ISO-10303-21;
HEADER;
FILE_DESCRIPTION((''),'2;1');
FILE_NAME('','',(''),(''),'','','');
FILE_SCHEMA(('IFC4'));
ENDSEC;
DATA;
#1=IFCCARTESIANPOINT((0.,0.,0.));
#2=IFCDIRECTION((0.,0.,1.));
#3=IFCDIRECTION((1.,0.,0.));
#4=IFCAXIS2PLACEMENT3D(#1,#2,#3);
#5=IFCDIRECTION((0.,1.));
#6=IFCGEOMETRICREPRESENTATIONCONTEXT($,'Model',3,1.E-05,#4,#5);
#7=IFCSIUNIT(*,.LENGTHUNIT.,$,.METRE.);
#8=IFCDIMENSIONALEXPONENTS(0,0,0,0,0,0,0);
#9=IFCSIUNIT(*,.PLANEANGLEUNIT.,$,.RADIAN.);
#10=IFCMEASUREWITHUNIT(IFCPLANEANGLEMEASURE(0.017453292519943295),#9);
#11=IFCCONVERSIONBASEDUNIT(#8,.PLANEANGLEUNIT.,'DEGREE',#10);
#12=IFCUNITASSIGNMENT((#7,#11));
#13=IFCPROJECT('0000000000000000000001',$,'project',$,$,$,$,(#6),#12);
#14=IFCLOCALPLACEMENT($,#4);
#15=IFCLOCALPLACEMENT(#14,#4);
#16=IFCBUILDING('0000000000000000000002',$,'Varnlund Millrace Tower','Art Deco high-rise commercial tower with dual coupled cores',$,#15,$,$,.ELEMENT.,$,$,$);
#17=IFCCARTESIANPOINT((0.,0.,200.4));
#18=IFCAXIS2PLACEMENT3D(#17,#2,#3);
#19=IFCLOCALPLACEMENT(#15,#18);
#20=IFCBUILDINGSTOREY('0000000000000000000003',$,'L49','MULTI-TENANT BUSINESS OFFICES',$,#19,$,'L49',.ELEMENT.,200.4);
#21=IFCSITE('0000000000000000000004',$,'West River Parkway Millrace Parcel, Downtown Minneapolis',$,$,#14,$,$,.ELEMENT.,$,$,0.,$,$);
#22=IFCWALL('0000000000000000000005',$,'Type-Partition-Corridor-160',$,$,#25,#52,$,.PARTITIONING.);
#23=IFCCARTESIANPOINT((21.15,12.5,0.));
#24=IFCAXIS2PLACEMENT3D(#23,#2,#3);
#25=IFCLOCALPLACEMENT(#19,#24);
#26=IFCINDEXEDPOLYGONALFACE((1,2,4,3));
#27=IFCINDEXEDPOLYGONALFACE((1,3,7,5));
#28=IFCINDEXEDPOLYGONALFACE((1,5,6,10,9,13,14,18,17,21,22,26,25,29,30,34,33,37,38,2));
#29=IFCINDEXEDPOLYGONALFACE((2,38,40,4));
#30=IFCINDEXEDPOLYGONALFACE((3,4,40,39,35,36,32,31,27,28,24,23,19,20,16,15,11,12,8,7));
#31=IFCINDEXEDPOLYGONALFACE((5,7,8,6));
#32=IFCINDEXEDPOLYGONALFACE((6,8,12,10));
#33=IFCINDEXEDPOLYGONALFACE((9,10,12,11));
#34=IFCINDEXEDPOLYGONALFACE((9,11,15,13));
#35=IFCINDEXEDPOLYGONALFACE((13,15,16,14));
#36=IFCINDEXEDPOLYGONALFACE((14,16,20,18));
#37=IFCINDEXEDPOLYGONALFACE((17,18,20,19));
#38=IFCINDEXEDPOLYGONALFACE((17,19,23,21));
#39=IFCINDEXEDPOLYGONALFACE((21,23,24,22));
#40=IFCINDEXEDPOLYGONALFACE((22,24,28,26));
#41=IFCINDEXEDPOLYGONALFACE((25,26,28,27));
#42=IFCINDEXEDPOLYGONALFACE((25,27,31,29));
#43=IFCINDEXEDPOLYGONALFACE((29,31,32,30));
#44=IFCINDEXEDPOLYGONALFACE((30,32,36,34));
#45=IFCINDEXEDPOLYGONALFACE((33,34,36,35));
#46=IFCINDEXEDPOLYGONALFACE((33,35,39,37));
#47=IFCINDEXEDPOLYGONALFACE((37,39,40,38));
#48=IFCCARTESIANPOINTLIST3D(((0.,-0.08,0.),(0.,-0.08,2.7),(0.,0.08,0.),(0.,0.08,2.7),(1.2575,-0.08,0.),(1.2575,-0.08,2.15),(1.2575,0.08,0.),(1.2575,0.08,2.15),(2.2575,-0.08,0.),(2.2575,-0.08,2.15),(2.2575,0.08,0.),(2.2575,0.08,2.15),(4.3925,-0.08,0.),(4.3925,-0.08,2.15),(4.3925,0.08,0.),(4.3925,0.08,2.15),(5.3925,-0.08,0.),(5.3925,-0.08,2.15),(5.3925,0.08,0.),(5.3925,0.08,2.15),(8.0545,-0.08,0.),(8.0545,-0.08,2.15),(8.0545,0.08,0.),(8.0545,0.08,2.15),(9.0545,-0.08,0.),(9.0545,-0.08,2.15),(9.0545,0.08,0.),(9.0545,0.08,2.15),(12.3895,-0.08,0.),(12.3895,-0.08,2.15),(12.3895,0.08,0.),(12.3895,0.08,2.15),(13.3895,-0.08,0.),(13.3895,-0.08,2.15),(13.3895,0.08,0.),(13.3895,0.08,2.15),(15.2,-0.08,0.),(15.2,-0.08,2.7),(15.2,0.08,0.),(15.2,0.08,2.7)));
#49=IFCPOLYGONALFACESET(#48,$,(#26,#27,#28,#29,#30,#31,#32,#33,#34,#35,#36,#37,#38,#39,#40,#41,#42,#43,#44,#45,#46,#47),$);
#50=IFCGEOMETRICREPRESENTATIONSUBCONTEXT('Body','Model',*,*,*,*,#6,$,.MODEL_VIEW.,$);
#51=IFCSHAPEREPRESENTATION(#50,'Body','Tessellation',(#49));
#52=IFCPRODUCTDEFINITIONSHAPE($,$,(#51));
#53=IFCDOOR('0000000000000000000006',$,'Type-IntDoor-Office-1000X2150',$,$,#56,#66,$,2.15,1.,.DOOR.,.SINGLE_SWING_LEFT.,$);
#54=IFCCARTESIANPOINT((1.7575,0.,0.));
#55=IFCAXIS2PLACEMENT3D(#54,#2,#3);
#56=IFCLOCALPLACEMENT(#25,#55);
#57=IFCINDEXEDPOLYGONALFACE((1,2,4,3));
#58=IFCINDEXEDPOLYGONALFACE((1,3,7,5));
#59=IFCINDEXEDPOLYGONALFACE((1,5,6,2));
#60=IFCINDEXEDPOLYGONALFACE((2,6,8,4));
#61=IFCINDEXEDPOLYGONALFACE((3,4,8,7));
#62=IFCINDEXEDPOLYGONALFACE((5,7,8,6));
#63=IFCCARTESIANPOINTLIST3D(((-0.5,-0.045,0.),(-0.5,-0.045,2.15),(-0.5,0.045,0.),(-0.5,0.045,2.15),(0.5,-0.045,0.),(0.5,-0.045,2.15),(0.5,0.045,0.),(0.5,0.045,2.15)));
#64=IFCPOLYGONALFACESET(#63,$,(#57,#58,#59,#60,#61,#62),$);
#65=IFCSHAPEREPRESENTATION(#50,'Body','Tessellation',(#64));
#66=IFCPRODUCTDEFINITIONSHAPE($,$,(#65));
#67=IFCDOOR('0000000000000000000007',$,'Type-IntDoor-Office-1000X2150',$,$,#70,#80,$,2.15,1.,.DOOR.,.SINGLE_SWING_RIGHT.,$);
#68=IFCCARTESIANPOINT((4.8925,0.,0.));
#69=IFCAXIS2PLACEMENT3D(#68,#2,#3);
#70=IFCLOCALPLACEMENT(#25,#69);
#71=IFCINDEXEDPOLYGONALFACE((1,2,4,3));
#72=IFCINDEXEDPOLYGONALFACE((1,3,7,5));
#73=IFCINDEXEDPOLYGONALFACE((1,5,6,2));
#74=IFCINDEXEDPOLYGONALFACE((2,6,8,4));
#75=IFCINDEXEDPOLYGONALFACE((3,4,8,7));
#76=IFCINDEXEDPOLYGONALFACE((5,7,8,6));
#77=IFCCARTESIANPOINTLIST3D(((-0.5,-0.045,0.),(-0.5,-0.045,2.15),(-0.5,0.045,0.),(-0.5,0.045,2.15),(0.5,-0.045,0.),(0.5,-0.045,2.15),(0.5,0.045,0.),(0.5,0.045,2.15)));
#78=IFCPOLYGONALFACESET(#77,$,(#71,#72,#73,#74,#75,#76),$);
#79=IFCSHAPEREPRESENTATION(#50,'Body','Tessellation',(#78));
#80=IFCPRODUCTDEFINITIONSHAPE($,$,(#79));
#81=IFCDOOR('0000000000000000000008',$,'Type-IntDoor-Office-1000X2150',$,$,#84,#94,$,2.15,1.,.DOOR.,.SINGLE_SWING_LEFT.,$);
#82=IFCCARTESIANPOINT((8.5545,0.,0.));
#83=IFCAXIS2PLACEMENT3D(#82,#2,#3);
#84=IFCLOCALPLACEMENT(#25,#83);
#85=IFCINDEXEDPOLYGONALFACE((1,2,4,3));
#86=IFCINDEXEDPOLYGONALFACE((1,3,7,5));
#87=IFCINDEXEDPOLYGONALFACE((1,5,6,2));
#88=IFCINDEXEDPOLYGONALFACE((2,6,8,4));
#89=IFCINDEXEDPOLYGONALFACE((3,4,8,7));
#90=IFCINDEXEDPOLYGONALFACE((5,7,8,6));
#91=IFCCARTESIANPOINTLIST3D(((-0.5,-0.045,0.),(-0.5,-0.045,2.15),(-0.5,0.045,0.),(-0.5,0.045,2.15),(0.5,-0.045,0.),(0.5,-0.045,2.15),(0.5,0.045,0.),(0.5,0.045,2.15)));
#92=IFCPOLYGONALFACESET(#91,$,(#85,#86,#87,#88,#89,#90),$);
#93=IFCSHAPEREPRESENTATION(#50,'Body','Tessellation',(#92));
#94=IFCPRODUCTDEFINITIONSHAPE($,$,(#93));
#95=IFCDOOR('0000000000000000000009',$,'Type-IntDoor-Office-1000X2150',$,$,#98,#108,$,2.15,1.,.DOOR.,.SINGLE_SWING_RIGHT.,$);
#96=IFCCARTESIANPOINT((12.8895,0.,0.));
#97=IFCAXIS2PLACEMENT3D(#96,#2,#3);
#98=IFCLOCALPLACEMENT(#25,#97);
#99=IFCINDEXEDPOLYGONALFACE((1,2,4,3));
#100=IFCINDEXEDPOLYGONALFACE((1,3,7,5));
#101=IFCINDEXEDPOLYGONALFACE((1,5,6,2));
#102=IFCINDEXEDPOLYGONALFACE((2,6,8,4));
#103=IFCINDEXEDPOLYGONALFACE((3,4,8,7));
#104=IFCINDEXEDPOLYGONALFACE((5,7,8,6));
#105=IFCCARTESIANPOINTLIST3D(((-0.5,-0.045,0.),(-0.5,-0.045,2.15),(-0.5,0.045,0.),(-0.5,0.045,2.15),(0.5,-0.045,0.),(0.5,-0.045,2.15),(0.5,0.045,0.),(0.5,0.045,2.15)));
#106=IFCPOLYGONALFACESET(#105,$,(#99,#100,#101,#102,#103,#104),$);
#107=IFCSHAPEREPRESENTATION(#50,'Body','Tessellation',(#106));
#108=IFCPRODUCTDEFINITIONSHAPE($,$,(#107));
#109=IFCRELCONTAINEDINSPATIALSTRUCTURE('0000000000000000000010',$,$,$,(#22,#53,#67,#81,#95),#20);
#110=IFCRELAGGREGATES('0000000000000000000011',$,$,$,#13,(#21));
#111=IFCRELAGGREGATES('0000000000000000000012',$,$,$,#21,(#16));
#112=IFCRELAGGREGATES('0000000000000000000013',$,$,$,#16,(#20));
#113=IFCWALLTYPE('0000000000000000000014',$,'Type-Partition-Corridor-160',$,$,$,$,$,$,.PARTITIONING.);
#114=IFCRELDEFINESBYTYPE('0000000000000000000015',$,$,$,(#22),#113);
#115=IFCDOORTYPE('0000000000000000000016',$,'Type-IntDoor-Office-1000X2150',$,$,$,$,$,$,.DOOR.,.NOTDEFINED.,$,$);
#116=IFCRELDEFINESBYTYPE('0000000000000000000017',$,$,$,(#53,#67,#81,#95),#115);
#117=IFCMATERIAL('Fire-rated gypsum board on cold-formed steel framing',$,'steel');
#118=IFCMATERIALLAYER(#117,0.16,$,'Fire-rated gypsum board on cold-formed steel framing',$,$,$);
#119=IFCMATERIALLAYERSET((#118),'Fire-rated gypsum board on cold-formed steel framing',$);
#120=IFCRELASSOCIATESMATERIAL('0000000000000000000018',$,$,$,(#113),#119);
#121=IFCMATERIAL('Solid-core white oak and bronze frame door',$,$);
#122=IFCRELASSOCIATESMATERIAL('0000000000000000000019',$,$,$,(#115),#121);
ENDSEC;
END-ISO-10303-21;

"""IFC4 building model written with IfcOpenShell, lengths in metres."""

from ifc_helpers import new_model, entity, si_unit, converted_unit, direction, frame, origin_with_axes, origin_2d_with_axis, place, context, subcontext, project, spatial, polyline, rectangle, outline, extrude, material, layer, layer_set, type_object, element, fill, save


model = new_model("IFC4")

# Units and contexts
model_context = context("Model", 3, precision=1e-05, world=origin_with_axes(), true_north=direction((0.0, 1.0)))
body_context = subcontext(model_context, "Body", "Model", "MODEL_VIEW")
ifc_project = project(units=[si_unit("LENGTHUNIT", "METRE"), converted_unit("PLANEANGLEUNIT", "DEGREE", entity("IfcPlaneAngleMeasure", 0.017453292519943295), si_unit("PLANEANGLEUNIT", "RADIAN"), dimensions=[0, 0, 0, 0, 0, 0, 0])], contexts=[model_context])

# Site, building, storey
site_placement = place(None, origin_with_axes())
site = spatial("IfcSite", under=ifc_project, at=site_placement, Name="West River Parkway Millrace Parcel, Downtown Minneapolis", CompositionType="ELEMENT", RefElevation=0.0)
building_placement = place(site_placement, origin_with_axes())
building = spatial("IfcBuilding", under=site, at=building_placement, Name="Varnlund Millrace Tower", Description="Art Deco high-rise commercial tower with dual coupled cores", CompositionType="ELEMENT")
storey_placement = place(building_placement, frame((0.0, 0.0, 200.4), z_axis=(0.0, 0.0, 1.0), x_axis=(1.0, 0.0, 0.0)))
storey = spatial("IfcBuildingStorey", under=building, at=storey_placement, Name="L49", Description="MULTI-TENANT BUSINESS OFFICES", LongName="L49", CompositionType="ELEMENT", Elevation=200.4)

# Wall, openings, doors
ifc_material_1 = material(Name="Fire-rated gypsum board on cold-formed steel framing", Category="steel")
ifc_layer_1 = layer(ifc_material_1, 0.16, Name="Fire-rated gypsum board on cold-formed steel framing")
ifc_layer_set_1 = layer_set([ifc_layer_1], Name="Fire-rated gypsum board on cold-formed steel framing")
wall_type_1 = type_object("IfcWallType", Name="Type-Partition-Corridor-160", PredefinedType="PARTITIONING", material=ifc_layer_set_1)
ifc_material_2 = material(Name="Solid-core white oak and bronze frame door")
door_type_1 = type_object("IfcDoorType", Name="Type-IntDoor-Office-1000X2150", OperationType="NOTDEFINED", PredefinedType="DOOR", material=ifc_material_2)
wall_1_placement = place(storey_placement, frame((21.15, 12.5, 0.0), z_axis=(0.0, 0.0, 1.0), x_axis=(1.0, 0.0, 0.0)))
wall_1 = element("IfcWall", 1, at=wall_1_placement, inside=storey, type_object=wall_type_1, Name="Type-Partition-Corridor-160", PredefinedType="PARTITIONING", context=body_context, shape_type="SweptSolid", body=[
    extrude(outline(polyline([(0.0, -0.08), (15.2, -0.08), (15.2, 0.08), (0.0, 0.08), (0.0, -0.08)])), origin_with_axes(), (0.0, 0.0, 1.0), 2.7),
])
opening_1_placement = place(wall_1_placement, frame((1.7575, 0.0, 0.0), z_axis=(0.0, 0.0, 1.0), x_axis=(1.0, 0.0, 0.0)))
opening_1 = element("IfcOpeningElement", 2, at=opening_1_placement, cuts=wall_1, PredefinedType="OPENING", context=body_context, shape_type="SweptSolid", body=[
    extrude(rectangle(XDim=1.0, YDim=0.18, at=origin_2d_with_axis()), origin_with_axes(), (0.0, 0.0, 1.0), 2.15),
])
opening_2_placement = place(wall_1_placement, frame((4.8925, 0.0, 0.0), z_axis=(0.0, 0.0, 1.0), x_axis=(1.0, 0.0, 0.0)))
opening_2 = element("IfcOpeningElement", 3, at=opening_2_placement, cuts=wall_1, PredefinedType="OPENING", context=body_context, shape_type="SweptSolid", body=[
    extrude(rectangle(XDim=1.0, YDim=0.18, at=origin_2d_with_axis()), origin_with_axes(), (0.0, 0.0, 1.0), 2.15),
])
opening_3_placement = place(wall_1_placement, frame((8.5545, 0.0, 0.0), z_axis=(0.0, 0.0, 1.0), x_axis=(1.0, 0.0, 0.0)))
opening_3 = element("IfcOpeningElement", 4, at=opening_3_placement, cuts=wall_1, PredefinedType="OPENING", context=body_context, shape_type="SweptSolid", body=[
    extrude(rectangle(XDim=1.0, YDim=0.18, at=origin_2d_with_axis()), origin_with_axes(), (0.0, 0.0, 1.0), 2.15),
])
opening_4_placement = place(wall_1_placement, frame((12.8895, 0.0, 0.0), z_axis=(0.0, 0.0, 1.0), x_axis=(1.0, 0.0, 0.0)))
opening_4 = element("IfcOpeningElement", 5, at=opening_4_placement, cuts=wall_1, PredefinedType="OPENING", context=body_context, shape_type="SweptSolid", body=[
    extrude(rectangle(XDim=1.0, YDim=0.18, at=origin_2d_with_axis()), origin_with_axes(), (0.0, 0.0, 1.0), 2.15),
])
door_1_placement = place(wall_1_placement, frame((1.7575, 0.0, 0.0), z_axis=(0.0, 0.0, 1.0), x_axis=(1.0, 0.0, 0.0)))
door_1 = element("IfcDoor", 6, at=door_1_placement, inside=storey, type_object=door_type_1, Name="Type-IntDoor-Office-1000X2150", OperationType="SINGLE_SWING_LEFT", OverallHeight=2.15, OverallWidth=1.0, PredefinedType="DOOR", context=body_context, shape_type="SweptSolid", body=[
    extrude(rectangle(XDim=1.0, YDim=0.09, at=origin_2d_with_axis()), origin_with_axes(), (0.0, 0.0, 1.0), 2.15),
])
fill(opening_1, door_1)
door_2_placement = place(wall_1_placement, frame((4.8925, 0.0, 0.0), z_axis=(0.0, 0.0, 1.0), x_axis=(1.0, 0.0, 0.0)))
door_2 = element("IfcDoor", 7, at=door_2_placement, inside=storey, type_object=door_type_1, Name="Type-IntDoor-Office-1000X2150", OperationType="SINGLE_SWING_RIGHT", OverallHeight=2.15, OverallWidth=1.0, PredefinedType="DOOR", context=body_context, shape_type="SweptSolid", body=[
    extrude(rectangle(XDim=1.0, YDim=0.09, at=origin_2d_with_axis()), origin_with_axes(), (0.0, 0.0, 1.0), 2.15),
])
fill(opening_2, door_2)
door_3_placement = place(wall_1_placement, frame((8.5545, 0.0, 0.0), z_axis=(0.0, 0.0, 1.0), x_axis=(1.0, 0.0, 0.0)))
door_3 = element("IfcDoor", 8, at=door_3_placement, inside=storey, type_object=door_type_1, Name="Type-IntDoor-Office-1000X2150", OperationType="SINGLE_SWING_LEFT", OverallHeight=2.15, OverallWidth=1.0, PredefinedType="DOOR", context=body_context, shape_type="SweptSolid", body=[
    extrude(rectangle(XDim=1.0, YDim=0.09, at=origin_2d_with_axis()), origin_with_axes(), (0.0, 0.0, 1.0), 2.15),
])
fill(opening_3, door_3)
door_4_placement = place(wall_1_placement, frame((12.8895, 0.0, 0.0), z_axis=(0.0, 0.0, 1.0), x_axis=(1.0, 0.0, 0.0)))
door_4 = element("IfcDoor", 9, at=door_4_placement, inside=storey, type_object=door_type_1, Name="Type-IntDoor-Office-1000X2150", OperationType="SINGLE_SWING_RIGHT", OverallHeight=2.15, OverallWidth=1.0, PredefinedType="DOOR", context=body_context, shape_type="SweptSolid", body=[
    extrude(rectangle(XDim=1.0, YDim=0.09, at=origin_2d_with_axis()), origin_with_axes(), (0.0, 0.0, 1.0), 2.15),
])
fill(opening_4, door_4)

save(model, "model.ifc")
